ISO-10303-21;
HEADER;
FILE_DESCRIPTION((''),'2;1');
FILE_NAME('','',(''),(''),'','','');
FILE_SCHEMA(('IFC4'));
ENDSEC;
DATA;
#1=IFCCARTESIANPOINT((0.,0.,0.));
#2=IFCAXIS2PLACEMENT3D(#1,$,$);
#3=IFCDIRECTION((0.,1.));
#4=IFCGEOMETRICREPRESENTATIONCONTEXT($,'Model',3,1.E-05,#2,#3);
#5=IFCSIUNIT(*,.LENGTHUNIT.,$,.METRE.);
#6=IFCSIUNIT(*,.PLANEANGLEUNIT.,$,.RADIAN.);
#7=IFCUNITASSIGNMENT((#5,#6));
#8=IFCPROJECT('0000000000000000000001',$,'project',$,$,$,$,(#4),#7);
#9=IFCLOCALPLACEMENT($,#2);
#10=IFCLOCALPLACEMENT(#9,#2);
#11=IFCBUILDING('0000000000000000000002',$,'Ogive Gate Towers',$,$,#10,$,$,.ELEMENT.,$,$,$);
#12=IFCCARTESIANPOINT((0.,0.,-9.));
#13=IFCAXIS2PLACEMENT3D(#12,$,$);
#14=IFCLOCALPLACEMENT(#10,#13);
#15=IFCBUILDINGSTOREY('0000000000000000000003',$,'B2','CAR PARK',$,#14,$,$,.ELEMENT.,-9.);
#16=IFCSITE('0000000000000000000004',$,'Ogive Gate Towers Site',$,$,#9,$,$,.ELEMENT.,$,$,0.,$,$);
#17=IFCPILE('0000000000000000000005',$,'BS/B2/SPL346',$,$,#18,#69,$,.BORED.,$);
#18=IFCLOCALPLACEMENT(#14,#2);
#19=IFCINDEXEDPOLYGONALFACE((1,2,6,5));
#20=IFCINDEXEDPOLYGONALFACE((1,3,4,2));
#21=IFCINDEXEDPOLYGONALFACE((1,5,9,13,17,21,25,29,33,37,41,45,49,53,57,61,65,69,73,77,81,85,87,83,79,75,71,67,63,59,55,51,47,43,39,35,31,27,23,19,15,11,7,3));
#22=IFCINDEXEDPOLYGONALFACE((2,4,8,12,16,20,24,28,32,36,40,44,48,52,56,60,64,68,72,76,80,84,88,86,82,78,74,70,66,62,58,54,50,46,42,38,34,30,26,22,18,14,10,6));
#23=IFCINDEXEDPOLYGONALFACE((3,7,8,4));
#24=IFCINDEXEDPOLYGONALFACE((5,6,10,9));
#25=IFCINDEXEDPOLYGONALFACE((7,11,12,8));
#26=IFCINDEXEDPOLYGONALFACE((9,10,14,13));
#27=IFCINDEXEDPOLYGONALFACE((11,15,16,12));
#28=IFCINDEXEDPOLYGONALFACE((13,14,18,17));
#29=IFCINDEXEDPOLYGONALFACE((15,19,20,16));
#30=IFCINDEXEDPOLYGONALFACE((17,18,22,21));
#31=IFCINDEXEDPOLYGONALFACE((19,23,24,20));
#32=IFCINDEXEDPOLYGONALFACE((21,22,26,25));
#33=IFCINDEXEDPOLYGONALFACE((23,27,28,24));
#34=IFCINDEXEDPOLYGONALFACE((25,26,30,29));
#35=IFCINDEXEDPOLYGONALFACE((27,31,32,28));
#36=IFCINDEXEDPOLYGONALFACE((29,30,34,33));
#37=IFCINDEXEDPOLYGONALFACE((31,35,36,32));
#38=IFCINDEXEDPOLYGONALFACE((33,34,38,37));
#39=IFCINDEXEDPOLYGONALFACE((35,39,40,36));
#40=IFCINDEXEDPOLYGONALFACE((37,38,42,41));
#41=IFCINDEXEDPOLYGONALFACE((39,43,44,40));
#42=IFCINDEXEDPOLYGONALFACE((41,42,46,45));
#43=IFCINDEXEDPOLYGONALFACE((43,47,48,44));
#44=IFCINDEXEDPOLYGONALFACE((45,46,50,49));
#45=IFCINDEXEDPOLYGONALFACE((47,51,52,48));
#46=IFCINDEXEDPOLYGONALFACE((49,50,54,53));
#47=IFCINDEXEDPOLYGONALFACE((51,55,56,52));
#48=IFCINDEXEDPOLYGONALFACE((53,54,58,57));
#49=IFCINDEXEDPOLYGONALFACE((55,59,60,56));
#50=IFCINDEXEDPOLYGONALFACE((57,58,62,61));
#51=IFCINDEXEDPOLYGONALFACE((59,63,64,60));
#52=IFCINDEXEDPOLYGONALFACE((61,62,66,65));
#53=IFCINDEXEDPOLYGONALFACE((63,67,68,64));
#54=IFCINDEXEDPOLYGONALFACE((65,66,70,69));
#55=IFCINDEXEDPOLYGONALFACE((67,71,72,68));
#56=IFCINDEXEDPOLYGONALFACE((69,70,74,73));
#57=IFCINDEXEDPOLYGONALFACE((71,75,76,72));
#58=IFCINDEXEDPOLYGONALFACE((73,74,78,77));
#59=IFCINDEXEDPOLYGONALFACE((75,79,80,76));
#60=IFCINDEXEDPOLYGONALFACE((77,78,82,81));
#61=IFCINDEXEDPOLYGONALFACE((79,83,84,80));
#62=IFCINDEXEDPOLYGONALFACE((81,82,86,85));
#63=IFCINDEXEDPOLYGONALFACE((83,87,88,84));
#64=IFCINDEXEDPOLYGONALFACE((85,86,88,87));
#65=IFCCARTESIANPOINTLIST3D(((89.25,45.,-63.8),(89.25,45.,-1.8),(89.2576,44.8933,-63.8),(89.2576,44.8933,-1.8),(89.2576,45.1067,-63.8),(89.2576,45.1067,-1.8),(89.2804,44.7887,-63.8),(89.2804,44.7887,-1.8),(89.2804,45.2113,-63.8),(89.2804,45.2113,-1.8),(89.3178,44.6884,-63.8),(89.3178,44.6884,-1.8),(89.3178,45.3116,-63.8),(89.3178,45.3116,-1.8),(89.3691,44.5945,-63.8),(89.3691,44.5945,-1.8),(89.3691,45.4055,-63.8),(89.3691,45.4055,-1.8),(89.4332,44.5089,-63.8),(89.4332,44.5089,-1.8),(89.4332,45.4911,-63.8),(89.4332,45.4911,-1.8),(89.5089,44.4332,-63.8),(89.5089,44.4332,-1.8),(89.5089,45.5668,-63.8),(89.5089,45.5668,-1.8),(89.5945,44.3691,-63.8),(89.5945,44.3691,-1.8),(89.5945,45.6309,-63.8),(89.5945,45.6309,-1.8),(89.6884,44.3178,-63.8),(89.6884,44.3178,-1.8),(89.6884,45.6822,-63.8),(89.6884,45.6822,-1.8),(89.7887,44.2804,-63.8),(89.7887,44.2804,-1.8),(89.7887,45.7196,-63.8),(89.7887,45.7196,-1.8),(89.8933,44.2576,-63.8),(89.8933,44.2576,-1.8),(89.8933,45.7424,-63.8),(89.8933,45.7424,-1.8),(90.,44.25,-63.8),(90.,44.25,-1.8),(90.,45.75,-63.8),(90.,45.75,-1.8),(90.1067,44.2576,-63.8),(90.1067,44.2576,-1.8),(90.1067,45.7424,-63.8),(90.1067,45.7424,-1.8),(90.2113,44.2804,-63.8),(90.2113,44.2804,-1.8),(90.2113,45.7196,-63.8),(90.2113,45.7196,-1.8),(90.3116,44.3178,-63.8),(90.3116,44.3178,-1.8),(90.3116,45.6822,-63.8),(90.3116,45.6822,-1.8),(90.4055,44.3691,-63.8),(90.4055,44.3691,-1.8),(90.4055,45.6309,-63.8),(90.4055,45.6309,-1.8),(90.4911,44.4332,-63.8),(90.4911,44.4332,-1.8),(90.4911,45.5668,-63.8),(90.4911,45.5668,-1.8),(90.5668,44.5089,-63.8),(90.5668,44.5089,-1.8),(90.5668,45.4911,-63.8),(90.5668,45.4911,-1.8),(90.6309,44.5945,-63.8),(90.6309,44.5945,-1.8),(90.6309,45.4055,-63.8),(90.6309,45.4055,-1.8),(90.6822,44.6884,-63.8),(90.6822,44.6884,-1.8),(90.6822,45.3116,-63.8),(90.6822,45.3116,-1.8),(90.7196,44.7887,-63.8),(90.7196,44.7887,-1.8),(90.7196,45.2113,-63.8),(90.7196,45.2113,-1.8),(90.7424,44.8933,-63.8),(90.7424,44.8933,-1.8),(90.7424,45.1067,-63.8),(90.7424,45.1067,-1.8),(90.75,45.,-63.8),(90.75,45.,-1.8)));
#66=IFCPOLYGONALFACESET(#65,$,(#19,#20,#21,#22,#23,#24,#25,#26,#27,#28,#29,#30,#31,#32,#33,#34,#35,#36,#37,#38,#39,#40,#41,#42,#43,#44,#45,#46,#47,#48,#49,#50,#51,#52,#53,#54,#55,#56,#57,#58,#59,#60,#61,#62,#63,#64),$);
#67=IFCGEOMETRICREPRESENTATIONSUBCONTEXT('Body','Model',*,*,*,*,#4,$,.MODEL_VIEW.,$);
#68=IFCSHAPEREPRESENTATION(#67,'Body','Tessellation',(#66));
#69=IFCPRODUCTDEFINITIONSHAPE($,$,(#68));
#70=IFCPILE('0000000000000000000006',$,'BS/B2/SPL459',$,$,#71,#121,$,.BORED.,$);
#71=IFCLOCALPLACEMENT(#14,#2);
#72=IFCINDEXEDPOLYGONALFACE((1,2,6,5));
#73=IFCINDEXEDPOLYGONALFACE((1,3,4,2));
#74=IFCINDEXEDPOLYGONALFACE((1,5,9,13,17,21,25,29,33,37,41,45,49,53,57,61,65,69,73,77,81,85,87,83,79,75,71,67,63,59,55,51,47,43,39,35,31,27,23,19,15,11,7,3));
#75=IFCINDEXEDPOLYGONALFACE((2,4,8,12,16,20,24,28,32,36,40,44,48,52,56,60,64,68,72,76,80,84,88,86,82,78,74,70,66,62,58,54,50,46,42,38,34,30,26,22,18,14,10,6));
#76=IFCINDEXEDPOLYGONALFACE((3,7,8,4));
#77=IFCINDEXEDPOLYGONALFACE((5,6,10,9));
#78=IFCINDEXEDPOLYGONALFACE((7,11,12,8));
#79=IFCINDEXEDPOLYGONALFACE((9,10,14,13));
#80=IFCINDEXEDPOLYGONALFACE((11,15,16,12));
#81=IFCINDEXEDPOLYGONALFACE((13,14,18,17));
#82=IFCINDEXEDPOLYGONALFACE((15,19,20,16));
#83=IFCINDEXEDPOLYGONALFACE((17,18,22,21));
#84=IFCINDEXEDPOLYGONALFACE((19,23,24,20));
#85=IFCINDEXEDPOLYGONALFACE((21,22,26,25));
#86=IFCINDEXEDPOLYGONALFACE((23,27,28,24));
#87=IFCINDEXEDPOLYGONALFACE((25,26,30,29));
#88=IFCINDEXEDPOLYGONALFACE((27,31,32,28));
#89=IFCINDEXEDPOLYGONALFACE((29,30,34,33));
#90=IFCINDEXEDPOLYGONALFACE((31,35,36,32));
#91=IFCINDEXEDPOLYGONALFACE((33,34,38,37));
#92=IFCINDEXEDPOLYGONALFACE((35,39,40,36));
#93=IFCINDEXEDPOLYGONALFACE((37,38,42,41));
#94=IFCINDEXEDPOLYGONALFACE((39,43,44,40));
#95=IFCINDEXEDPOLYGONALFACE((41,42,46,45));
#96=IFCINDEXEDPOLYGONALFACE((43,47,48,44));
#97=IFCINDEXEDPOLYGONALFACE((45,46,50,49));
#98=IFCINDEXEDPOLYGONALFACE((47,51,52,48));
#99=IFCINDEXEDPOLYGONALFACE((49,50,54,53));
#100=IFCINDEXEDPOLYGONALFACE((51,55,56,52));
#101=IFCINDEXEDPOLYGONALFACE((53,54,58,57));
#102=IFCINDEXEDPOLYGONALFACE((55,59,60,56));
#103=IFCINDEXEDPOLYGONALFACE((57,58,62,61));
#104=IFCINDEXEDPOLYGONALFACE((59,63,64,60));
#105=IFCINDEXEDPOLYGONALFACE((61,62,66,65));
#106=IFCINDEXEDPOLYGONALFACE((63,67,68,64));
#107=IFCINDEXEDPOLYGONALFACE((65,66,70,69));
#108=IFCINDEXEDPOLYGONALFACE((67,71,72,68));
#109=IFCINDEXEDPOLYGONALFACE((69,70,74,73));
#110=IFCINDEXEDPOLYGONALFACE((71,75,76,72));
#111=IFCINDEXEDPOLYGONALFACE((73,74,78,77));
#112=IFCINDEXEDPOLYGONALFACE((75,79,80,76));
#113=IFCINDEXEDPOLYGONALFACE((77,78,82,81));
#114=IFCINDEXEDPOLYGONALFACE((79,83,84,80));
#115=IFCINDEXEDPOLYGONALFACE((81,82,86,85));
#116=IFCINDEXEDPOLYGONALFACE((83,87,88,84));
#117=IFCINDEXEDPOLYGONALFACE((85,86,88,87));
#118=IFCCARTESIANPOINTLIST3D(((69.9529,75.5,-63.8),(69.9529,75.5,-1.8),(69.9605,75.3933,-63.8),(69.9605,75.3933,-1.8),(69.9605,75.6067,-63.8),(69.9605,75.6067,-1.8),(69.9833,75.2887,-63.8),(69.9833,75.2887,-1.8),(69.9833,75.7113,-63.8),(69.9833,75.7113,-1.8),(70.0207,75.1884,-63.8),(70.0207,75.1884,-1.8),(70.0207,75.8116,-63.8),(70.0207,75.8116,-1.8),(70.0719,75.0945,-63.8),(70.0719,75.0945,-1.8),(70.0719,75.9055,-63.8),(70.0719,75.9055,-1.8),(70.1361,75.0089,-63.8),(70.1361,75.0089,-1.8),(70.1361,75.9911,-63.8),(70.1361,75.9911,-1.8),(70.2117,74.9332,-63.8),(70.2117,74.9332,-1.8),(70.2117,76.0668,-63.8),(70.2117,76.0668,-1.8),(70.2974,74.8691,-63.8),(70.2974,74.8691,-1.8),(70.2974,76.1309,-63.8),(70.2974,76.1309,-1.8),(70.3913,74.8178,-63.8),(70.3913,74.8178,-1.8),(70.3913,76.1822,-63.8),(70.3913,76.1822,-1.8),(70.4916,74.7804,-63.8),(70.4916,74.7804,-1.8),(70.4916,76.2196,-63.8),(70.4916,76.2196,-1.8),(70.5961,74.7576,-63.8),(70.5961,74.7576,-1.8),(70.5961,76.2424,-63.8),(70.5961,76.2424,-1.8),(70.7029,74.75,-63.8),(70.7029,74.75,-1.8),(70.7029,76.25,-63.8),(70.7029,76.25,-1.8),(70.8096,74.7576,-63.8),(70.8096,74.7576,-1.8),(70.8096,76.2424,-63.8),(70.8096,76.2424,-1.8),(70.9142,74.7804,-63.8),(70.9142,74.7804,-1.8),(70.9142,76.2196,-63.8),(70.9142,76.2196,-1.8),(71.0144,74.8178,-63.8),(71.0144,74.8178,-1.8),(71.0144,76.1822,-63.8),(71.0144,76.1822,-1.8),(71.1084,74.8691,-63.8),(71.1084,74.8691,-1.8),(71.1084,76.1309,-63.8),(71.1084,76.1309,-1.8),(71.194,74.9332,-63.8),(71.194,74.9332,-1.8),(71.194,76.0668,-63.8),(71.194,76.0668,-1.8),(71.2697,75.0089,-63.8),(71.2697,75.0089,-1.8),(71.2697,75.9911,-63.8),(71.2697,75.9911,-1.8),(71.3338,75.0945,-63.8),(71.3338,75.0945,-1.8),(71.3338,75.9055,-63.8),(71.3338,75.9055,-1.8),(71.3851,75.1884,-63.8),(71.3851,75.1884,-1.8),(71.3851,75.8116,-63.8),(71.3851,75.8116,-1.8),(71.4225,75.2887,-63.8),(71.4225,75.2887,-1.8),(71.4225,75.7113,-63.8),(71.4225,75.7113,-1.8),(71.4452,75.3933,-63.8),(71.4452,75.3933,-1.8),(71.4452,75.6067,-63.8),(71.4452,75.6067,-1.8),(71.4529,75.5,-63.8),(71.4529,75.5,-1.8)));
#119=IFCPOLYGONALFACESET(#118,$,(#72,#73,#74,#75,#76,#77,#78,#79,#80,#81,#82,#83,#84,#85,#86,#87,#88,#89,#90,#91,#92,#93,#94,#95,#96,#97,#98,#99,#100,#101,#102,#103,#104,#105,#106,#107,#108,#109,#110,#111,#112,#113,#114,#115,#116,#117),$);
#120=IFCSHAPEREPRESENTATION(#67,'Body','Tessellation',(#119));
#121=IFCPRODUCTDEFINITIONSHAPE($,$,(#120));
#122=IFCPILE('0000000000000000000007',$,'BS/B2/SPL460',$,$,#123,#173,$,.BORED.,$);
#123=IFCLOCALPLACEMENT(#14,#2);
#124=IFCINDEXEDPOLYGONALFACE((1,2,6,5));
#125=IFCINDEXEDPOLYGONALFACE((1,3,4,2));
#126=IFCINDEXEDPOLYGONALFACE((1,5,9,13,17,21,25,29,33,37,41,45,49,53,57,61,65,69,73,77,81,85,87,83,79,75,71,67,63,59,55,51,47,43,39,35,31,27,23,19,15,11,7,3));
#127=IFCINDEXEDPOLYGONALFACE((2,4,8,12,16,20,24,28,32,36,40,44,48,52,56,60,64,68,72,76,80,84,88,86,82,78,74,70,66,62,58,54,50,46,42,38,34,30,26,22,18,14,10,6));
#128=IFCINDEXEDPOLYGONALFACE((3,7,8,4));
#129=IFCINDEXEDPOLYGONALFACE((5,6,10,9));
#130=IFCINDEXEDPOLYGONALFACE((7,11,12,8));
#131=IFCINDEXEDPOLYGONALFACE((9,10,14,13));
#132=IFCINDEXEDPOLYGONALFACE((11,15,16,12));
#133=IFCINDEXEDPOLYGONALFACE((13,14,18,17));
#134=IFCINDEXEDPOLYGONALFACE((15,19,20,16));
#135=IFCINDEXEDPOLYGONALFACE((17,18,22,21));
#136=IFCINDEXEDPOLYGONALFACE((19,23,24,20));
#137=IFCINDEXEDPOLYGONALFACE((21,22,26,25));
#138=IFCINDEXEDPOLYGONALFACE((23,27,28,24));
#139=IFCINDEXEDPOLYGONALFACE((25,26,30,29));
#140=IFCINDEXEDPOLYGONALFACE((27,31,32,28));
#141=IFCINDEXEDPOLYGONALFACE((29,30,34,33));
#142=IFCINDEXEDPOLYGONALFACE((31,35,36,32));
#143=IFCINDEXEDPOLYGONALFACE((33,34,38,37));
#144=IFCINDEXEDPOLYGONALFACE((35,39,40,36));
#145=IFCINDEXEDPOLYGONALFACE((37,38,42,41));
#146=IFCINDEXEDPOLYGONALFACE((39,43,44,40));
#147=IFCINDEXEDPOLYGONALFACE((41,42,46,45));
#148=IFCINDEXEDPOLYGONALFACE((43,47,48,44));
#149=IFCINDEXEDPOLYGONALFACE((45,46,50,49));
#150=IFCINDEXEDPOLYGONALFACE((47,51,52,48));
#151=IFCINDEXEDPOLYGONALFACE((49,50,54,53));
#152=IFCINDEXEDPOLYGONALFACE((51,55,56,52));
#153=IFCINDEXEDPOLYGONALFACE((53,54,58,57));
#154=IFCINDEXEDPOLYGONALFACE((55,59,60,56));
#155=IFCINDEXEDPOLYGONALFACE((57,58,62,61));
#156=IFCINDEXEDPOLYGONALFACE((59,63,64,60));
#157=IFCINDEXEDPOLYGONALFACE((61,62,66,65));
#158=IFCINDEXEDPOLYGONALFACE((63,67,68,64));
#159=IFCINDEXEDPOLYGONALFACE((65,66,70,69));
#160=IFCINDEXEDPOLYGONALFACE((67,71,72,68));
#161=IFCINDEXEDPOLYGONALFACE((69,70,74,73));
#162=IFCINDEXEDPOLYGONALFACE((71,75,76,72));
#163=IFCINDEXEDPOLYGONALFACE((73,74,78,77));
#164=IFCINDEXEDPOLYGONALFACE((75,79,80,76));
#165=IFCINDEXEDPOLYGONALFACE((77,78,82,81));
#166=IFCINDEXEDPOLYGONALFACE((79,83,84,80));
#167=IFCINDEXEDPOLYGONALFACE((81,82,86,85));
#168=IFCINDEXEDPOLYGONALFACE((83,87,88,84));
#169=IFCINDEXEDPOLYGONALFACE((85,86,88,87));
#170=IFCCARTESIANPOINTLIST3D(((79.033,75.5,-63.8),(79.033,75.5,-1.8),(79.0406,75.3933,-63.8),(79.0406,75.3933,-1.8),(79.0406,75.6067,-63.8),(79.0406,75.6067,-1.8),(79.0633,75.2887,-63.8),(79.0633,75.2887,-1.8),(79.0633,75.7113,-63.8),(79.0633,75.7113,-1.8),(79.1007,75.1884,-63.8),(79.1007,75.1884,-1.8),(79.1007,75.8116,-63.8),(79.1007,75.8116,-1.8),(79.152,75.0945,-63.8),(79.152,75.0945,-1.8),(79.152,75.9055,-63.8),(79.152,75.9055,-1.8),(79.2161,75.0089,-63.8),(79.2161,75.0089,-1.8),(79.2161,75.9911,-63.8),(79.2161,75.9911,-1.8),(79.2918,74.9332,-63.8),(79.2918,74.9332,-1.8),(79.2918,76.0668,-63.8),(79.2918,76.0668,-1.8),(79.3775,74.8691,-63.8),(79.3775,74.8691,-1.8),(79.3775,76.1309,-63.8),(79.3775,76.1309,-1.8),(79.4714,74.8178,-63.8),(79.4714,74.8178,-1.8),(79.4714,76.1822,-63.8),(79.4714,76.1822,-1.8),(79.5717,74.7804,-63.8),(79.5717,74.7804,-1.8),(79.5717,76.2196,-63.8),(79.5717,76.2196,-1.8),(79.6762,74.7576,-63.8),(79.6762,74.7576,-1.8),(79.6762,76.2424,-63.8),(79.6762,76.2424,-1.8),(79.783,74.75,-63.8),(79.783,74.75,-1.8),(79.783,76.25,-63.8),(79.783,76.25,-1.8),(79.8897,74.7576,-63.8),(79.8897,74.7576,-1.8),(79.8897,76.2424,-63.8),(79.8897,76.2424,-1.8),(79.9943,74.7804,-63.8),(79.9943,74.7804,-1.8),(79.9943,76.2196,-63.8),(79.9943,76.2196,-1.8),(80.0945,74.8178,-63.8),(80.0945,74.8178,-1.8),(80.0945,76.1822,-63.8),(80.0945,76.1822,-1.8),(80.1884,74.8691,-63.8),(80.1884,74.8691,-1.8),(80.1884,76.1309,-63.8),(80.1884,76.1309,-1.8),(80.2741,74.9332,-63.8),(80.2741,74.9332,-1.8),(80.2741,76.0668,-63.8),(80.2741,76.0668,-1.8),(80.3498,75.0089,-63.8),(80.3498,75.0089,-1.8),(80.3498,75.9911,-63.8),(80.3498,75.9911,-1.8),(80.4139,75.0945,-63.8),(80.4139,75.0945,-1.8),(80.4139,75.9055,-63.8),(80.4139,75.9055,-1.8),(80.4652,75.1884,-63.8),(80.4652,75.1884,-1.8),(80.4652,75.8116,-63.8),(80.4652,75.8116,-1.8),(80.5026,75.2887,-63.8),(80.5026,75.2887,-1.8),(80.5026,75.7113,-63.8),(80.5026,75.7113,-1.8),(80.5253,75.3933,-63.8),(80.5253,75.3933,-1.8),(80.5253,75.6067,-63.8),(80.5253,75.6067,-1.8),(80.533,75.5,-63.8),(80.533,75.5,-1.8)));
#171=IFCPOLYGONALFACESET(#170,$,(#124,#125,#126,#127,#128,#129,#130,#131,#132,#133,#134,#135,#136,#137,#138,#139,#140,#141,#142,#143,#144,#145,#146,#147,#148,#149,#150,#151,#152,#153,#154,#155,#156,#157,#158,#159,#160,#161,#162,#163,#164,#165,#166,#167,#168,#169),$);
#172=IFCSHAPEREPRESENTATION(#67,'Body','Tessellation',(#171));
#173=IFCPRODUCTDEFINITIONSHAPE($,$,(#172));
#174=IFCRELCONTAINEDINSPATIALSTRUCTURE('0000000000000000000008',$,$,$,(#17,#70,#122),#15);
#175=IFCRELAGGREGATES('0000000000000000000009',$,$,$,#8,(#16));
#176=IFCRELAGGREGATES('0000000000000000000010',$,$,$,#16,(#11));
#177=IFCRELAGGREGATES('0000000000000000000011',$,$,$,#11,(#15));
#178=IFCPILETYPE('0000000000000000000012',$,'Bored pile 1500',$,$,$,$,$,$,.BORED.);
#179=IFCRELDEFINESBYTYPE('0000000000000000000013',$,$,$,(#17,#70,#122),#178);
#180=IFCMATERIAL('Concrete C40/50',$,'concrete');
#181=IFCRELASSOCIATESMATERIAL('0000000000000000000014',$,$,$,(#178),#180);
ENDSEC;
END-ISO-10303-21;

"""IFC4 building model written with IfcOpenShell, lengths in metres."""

from ifc_helpers import new_model, si_unit, direction, frame, origin, origin_2d, place, context, subcontext, project, spatial, circle, extrude, material, material_profile, profile_set, type_object, element, save


model = new_model("IFC4")

# Units and contexts
model_context = context("Model", 3, precision=1e-05, world=origin(), true_north=direction((0.0, 1.0)))
body_context = subcontext(model_context, "Body", "Model", "MODEL_VIEW")
ifc_project = project(units=[si_unit("LENGTHUNIT", "METRE"), si_unit("PLANEANGLEUNIT", "RADIAN")], contexts=[model_context])

# Site, building, storey
site_placement = place(None, origin())
site = spatial("IfcSite", under=ifc_project, at=site_placement, Name="Ogive Gate Towers Site", CompositionType="ELEMENT", RefElevation=0.0)
building_placement = place(site_placement, origin())
building = spatial("IfcBuilding", under=site, at=building_placement, Name="Ogive Gate Towers", CompositionType="ELEMENT")
storey_placement = place(building_placement, frame((0.0, 0.0, -9.0)))
storey = spatial("IfcBuildingStorey", under=building, at=storey_placement, Name="B2", Description="CAR PARK", CompositionType="ELEMENT", Elevation=-9.0)

# Piles
ifc_material_1 = material(Name="Concrete C40/50", Category="concrete")
ifc_material_profile_1 = material_profile(ifc_material_1, circle(Radius=0.75, at=origin_2d()), Name="BP 1500")
ifc_profile_set_1 = profile_set([ifc_material_profile_1], Name="Concrete C40/50")
pile_type = type_object("IfcPileType", Name="Bored pile 1500", PredefinedType="BORED", material=ifc_profile_set_1)
for number, where, z_axis, x_axis, name in (
    (1, (90.0, 45.0, -1.8), (0.0, 0.0, -1.0), (1.0, 0.0, 0.0), "BS/B2/SPL346"),
    (2, (70.7029, 75.5, -1.8), (0.0, 0.0, -1.0), (1.0, 0.0, 0.0), "BS/B2/SPL459"),
    (3, (79.783, 75.5, -1.8), (0.0, 0.0, -1.0), (1.0, 0.0, 0.0), "BS/B2/SPL460"),
):
    element("IfcPile", number, at=place(storey_placement, frame(where, z_axis=z_axis, x_axis=x_axis)), inside=storey, type_object=pile_type, Name=name, PredefinedType="BORED", context=body_context, shape_type="SweptSolid", body=[
        extrude(circle(Radius=0.75, at=origin_2d()), origin(), (0.0, 0.0, 1.0), 62.0),
    ])

save(model, "model.ifc")
